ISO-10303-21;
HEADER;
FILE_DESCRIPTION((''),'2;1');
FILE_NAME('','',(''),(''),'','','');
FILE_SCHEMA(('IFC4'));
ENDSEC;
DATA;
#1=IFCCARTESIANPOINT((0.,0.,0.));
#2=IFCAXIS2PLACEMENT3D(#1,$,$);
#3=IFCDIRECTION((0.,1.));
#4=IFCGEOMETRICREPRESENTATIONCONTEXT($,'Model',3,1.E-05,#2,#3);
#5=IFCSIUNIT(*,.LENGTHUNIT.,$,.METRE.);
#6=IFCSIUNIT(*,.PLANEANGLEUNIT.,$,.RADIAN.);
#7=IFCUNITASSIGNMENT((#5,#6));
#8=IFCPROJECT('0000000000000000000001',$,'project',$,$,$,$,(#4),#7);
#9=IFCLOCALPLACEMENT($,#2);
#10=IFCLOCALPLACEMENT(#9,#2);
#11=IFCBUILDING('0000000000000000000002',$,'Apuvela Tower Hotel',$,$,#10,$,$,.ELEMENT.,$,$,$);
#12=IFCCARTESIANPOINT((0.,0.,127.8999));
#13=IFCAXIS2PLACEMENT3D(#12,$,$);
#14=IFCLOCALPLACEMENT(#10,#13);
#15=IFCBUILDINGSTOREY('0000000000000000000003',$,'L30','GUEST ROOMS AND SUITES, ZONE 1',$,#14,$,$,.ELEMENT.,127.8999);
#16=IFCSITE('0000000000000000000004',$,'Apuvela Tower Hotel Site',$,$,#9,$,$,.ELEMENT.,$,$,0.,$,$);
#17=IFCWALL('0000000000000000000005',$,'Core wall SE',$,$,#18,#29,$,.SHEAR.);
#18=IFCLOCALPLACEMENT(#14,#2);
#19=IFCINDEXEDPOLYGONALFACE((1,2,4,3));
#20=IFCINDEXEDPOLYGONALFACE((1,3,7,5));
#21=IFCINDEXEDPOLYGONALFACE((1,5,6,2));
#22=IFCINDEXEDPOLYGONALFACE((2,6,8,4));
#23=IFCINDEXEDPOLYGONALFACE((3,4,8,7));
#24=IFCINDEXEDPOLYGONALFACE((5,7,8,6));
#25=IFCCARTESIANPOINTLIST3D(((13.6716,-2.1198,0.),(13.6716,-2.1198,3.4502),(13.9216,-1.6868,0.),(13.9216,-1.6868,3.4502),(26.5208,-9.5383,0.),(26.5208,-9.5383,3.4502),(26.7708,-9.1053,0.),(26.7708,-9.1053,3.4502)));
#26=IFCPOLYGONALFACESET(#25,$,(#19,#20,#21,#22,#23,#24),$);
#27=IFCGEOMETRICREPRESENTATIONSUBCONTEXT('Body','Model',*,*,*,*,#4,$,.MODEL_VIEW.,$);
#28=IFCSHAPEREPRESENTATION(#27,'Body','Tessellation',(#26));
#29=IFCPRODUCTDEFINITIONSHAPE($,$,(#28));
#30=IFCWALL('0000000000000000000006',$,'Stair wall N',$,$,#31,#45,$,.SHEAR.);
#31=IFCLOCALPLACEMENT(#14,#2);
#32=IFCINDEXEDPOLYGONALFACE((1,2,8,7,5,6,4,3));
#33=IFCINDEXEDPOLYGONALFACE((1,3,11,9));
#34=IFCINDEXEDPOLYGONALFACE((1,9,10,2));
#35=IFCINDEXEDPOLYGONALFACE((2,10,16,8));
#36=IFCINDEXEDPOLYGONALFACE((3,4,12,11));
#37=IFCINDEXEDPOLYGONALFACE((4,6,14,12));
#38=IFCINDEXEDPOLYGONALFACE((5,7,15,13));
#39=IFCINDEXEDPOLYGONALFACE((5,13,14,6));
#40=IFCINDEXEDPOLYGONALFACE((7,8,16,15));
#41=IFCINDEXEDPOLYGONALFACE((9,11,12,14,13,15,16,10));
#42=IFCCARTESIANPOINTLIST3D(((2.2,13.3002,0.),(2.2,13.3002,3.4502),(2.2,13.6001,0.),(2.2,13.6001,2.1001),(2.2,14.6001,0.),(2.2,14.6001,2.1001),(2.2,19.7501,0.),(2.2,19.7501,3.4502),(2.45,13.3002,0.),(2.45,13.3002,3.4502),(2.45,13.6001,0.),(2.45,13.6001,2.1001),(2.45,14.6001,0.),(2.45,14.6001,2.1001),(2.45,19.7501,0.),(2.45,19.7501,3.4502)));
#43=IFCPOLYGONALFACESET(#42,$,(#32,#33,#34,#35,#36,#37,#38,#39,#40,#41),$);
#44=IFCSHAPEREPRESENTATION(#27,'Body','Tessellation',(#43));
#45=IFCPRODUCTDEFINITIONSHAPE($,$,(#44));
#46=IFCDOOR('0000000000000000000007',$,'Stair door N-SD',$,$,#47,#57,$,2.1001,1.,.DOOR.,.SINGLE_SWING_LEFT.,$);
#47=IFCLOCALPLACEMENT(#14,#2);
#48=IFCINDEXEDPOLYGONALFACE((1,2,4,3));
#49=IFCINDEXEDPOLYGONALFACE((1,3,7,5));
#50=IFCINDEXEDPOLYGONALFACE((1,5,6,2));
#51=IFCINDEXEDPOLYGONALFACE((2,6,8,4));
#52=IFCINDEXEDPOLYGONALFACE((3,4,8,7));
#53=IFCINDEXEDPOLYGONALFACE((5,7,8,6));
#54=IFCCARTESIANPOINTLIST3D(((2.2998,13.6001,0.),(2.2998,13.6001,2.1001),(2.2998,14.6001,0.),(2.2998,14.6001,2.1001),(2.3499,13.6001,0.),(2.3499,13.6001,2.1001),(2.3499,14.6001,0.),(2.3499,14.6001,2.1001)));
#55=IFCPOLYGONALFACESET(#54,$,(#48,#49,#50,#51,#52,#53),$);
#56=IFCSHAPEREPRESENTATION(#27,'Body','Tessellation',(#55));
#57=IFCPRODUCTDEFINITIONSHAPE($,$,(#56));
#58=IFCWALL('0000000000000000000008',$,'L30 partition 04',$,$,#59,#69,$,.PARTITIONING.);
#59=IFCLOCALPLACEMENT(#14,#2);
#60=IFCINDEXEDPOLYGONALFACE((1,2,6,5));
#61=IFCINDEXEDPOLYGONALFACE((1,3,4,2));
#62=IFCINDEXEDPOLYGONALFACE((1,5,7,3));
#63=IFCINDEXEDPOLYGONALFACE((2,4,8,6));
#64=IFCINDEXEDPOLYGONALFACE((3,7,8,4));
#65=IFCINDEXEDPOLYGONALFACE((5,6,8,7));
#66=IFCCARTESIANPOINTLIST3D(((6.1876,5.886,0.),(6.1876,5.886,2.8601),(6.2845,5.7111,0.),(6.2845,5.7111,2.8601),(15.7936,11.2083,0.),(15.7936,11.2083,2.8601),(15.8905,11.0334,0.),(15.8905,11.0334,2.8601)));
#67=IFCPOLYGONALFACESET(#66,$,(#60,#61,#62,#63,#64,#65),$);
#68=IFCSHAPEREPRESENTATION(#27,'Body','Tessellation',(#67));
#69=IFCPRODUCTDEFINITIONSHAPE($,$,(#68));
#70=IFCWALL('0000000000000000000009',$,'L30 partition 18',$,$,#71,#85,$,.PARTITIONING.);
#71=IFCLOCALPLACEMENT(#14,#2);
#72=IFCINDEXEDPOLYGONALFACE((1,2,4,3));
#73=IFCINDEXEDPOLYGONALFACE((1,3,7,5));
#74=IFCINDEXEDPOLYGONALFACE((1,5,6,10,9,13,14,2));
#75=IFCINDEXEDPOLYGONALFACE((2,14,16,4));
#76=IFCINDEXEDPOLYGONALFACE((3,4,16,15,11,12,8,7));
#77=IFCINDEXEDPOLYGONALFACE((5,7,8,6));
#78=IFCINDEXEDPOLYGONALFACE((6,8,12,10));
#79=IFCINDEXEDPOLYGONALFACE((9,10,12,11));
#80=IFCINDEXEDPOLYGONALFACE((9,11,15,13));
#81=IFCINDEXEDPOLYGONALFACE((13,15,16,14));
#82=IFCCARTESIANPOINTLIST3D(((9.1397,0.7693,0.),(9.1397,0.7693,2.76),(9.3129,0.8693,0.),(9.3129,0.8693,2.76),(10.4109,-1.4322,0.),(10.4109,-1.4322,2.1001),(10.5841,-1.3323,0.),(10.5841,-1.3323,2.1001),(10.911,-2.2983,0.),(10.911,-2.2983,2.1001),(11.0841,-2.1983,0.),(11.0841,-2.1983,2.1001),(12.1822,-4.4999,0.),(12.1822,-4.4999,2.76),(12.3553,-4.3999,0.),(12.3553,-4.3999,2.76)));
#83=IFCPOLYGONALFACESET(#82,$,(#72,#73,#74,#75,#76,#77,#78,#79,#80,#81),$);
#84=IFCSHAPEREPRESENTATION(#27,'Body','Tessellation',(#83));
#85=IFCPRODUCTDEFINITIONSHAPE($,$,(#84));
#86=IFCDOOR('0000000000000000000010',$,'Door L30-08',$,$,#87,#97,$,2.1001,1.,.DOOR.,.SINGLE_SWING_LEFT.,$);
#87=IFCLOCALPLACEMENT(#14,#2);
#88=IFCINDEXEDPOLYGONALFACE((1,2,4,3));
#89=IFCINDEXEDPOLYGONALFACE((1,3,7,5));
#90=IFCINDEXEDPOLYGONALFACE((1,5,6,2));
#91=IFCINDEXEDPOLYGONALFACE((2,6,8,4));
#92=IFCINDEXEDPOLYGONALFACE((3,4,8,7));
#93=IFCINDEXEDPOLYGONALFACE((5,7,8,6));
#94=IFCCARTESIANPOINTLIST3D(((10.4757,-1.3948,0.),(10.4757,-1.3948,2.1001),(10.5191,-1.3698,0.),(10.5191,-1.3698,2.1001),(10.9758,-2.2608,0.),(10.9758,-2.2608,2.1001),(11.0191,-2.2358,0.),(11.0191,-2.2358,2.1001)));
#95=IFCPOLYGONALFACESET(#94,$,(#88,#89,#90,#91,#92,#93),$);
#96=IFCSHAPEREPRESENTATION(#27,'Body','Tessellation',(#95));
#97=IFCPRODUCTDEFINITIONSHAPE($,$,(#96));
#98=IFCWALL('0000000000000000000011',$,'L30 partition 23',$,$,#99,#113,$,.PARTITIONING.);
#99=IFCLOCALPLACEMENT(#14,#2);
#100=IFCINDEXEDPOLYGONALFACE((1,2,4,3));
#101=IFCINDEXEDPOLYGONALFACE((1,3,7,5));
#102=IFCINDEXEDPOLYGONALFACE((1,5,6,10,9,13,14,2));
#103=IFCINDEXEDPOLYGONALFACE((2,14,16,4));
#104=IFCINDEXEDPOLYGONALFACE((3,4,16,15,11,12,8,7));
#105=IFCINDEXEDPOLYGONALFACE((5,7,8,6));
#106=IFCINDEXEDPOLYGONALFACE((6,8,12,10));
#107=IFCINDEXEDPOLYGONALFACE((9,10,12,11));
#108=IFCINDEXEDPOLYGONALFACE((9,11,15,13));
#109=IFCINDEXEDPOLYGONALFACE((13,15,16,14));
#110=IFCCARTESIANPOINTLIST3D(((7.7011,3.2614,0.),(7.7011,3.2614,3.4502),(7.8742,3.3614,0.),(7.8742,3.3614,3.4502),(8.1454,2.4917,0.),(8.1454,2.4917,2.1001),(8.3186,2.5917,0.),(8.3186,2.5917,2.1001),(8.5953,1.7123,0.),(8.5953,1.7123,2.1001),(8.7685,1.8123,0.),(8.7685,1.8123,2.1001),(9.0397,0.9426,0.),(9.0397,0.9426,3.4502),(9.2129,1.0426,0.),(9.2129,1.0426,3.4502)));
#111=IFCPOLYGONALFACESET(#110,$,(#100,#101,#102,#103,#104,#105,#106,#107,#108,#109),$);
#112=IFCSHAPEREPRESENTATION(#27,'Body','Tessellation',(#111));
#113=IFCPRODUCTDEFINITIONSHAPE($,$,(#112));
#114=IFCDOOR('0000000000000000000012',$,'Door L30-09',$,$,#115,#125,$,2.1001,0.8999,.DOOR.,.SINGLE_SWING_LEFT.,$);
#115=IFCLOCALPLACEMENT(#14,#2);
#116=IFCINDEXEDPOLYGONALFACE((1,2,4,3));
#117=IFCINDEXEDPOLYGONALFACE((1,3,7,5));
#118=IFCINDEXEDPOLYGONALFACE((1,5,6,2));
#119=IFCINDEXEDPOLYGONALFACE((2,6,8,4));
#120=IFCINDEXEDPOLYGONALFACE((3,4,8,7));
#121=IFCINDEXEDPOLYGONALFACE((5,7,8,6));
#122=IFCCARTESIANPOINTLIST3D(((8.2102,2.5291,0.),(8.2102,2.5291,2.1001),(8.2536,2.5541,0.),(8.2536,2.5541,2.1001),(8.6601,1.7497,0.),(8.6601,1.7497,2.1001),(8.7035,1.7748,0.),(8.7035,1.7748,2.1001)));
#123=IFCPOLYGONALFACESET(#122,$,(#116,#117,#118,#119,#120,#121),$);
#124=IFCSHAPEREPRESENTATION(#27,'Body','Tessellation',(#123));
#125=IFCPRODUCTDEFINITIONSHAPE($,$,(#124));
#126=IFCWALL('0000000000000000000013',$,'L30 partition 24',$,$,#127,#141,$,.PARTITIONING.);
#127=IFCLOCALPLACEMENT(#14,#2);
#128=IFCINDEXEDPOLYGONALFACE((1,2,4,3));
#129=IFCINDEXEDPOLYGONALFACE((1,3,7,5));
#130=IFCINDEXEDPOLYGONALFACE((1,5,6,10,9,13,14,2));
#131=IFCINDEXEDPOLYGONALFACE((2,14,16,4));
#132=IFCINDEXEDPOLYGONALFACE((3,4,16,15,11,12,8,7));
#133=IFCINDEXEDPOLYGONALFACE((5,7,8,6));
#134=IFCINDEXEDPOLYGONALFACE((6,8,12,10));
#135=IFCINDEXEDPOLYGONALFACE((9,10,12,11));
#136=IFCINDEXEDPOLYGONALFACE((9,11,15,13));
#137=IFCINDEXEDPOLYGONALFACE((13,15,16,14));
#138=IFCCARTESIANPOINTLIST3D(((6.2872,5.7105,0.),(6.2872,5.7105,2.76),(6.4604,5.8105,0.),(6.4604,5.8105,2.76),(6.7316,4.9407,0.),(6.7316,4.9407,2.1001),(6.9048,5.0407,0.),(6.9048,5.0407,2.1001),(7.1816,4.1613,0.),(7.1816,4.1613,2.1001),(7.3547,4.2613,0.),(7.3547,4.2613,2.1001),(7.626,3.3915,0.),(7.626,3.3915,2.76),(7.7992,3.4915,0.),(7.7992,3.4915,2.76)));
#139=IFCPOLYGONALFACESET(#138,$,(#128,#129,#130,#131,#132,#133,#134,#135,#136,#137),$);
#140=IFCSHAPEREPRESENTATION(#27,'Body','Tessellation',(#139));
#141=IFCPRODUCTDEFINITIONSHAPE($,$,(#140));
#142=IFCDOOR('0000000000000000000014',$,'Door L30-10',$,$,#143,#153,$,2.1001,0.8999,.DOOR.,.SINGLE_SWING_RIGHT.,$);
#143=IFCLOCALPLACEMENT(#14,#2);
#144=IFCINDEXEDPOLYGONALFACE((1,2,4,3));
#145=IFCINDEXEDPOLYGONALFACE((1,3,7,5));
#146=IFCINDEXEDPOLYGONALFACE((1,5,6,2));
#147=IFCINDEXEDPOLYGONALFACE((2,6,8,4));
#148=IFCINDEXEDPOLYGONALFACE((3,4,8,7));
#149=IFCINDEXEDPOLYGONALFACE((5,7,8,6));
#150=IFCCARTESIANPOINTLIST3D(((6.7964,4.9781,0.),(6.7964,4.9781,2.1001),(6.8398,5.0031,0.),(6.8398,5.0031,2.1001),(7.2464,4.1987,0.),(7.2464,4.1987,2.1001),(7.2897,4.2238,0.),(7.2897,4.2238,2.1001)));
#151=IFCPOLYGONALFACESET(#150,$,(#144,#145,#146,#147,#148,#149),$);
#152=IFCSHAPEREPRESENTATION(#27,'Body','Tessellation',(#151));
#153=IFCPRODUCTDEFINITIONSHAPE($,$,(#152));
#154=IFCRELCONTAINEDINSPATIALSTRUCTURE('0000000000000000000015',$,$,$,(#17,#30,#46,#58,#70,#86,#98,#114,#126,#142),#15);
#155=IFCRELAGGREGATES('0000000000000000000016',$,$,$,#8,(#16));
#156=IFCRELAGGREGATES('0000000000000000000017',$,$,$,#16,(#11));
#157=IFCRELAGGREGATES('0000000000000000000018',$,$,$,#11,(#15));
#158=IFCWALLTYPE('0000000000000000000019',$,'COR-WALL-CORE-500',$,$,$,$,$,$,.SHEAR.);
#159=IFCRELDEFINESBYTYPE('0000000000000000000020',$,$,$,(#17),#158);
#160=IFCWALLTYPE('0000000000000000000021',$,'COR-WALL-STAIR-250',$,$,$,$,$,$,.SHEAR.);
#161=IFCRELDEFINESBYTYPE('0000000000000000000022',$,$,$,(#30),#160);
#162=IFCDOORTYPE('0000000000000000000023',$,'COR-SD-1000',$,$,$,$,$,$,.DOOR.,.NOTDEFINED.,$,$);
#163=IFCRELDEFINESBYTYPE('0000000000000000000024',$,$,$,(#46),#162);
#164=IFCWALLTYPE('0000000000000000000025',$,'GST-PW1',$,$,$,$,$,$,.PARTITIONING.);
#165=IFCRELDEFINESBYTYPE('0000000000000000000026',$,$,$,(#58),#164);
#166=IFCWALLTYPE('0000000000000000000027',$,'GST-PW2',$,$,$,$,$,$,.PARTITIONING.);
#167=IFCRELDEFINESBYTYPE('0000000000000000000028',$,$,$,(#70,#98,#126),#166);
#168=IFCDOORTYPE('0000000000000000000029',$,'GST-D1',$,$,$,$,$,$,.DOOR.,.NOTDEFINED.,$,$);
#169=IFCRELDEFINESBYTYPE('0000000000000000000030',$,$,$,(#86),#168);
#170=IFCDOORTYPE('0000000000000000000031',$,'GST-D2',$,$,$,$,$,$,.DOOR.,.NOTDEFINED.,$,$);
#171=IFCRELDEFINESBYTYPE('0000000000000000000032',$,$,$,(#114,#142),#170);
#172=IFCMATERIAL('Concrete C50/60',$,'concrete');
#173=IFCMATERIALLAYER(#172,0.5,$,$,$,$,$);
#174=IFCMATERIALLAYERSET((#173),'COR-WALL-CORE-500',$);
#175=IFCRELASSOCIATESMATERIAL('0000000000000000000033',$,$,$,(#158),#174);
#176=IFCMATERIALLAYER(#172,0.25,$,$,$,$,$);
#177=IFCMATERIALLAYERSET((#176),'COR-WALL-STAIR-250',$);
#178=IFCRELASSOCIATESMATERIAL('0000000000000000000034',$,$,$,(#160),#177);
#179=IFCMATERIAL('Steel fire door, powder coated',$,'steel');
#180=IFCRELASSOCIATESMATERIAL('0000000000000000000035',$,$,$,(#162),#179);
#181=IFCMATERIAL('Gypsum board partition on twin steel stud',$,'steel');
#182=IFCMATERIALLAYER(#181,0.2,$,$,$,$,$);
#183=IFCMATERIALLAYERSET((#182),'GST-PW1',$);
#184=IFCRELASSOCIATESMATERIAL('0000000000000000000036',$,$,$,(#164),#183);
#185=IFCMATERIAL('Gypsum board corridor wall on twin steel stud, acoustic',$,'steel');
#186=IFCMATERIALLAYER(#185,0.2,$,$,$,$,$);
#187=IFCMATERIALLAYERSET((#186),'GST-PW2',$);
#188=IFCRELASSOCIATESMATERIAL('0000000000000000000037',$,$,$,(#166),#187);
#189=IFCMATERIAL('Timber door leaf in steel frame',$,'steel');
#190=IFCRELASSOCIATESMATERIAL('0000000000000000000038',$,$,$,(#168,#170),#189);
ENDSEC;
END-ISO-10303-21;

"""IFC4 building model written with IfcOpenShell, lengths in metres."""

from ifc_helpers import new_model, si_unit, direction, frame, frame_2d, origin, place, context, subcontext, project, spatial, rectangle, extrude, material, layer, layer_set, type_object, element, fill, save


model = new_model("IFC4")

# Units and contexts
model_context = context("Model", 3, precision=1e-05, world=origin(), true_north=direction((0.0, 1.0)))
body_context = subcontext(model_context, "Body", "Model", "MODEL_VIEW")
ifc_project = project(units=[si_unit("LENGTHUNIT", "METRE"), si_unit("PLANEANGLEUNIT", "RADIAN")], contexts=[model_context])

# Site, building, storey
site_placement = place(None, origin())
site = spatial("IfcSite", under=ifc_project, at=site_placement, Name="Apuvela Tower Hotel Site", CompositionType="ELEMENT", RefElevation=0.0)
building_placement = place(site_placement, origin())
building = spatial("IfcBuilding", under=site, at=building_placement, Name="Apuvela Tower Hotel", CompositionType="ELEMENT")
storey_placement = place(building_placement, frame((0.0, 0.0, 127.8999)))
storey = spatial("IfcBuildingStorey", under=building, at=storey_placement, Name="L30", Description="GUEST ROOMS AND SUITES, ZONE 1", CompositionType="ELEMENT", Elevation=127.8999)

# Shared definitions
ifc_material_1 = material(Name="Concrete C50/60", Category="concrete")

# Shared definitions
ifc_material_2 = material(Name="Steel fire door, powder coated", Category="steel")

# Wall
ifc_layer_1 = layer(ifc_material_1, 0.5)
ifc_layer_set_1 = layer_set([ifc_layer_1], Name="COR-WALL-CORE-500")
wall_type_1 = type_object("IfcWallType", Name="COR-WALL-CORE-500", PredefinedType="SHEAR", material=ifc_layer_set_1)
for number, where, z_axis, x_axis, name in (
    (1, (13.7966, -1.9033, 0.0), (0.0, 0.0, 1.0), (0.866025, -0.500001, 0.0), "Core wall SE"),
):
    element("IfcWall", number, at=place(storey_placement, frame(where, z_axis=z_axis, x_axis=x_axis)), inside=storey, type_object=wall_type_1, Name=name, PredefinedType="SHEAR", context=body_context, shape_type="SweptSolid", body=[
        extrude(rectangle(XDim=14.8369, YDim=0.5, at=frame_2d((7.4185, 0.0))), origin(), (0.0, 0.0, 1.0), 3.4502),
    ])

# Wall, opening, door
ifc_layer_2 = layer(ifc_material_1, 0.25)
ifc_layer_set_2 = layer_set([ifc_layer_2], Name="COR-WALL-STAIR-250")
wall_type_2 = type_object("IfcWallType", Name="COR-WALL-STAIR-250", PredefinedType="SHEAR", material=ifc_layer_set_2)
wall_1_placement = place(storey_placement, frame((2.325, 13.3, 0.0), z_axis=(0.0, 0.0, 1.0), x_axis=(0.0, 1.0, 0.0)))
wall_1 = element("IfcWall", 2, at=wall_1_placement, inside=storey, type_object=wall_type_2, Name="Stair wall N", PredefinedType="SHEAR", context=body_context, shape_type="SweptSolid", body=[
    extrude(rectangle(XDim=6.45, YDim=0.25, at=frame_2d((3.2251, 0.0))), origin(), (0.0, 0.0, 1.0), 3.4502),
])
opening_1_placement = place(wall_1_placement, frame((0.3, 0.0, 0.0)))
opening_1 = element("IfcOpeningElement", 3, at=opening_1_placement, cuts=wall_1, PredefinedType="OPENING", context=body_context, shape_type="SweptSolid", body=[
    extrude(rectangle(XDim=1.0, YDim=2.1001, at=frame_2d((0.5, 1.05))), frame((0.0, 0.135, 0.0), z_axis=(0.0, -1.0, 0.0), x_axis=(1.0, 0.0, 0.0)), (0.0, 0.0, 1.0), 0.27),
])
door_type_1 = type_object("IfcDoorType", Name="COR-SD-1000", OperationType="NOTDEFINED", PredefinedType="DOOR", material=ifc_material_2)
door_1_placement = place(opening_1_placement, frame((1.0, 0.0, 0.0), z_axis=(0.0, 0.0, 1.0), x_axis=(-1.0, 0.0, 0.0)))
door_1 = element("IfcDoor", 4, at=door_1_placement, inside=storey, type_object=door_type_1, Name="Stair door N-SD", OperationType="SINGLE_SWING_LEFT", OverallHeight=2.1001, OverallWidth=1.0, PredefinedType="DOOR", context=body_context, shape_type="SweptSolid", body=[
    extrude(rectangle(XDim=1.0, YDim=2.1001, at=frame_2d((0.5, 1.05))), frame((0.0, 0.0249, 0.0), z_axis=(0.0, -1.0, 0.0), x_axis=(1.0, 0.0, 0.0)), (0.0, 0.0, 1.0), 0.05),
])
fill(opening_1, door_1)

# Wall
ifc_material_3 = material(Name="Gypsum board partition on twin steel stud", Category="steel")
ifc_layer_3 = layer(ifc_material_3, 0.2)
ifc_layer_set_3 = layer_set([ifc_layer_3], Name="GST-PW1")
wall_type_3 = type_object("IfcWallType", Name="GST-PW1", PredefinedType="PARTITIONING", material=ifc_layer_set_3)
wall_2_placement = place(storey_placement, frame((15.842, 11.1208, 0.0), z_axis=(0.0, 0.0, 1.0), x_axis=(-0.874712, -0.484642, 0.0)))
element("IfcWall", 5, at=wall_2_placement, inside=storey, type_object=wall_type_3, Name="L30 partition 04", PredefinedType="PARTITIONING", context=body_context, shape_type="SweptSolid", body=[
    extrude(rectangle(XDim=10.9819, YDim=0.2, at=frame_2d((5.491, 0.0))), origin(), (0.0, 0.0, 1.0), 2.8601),
])

# Walls, openings, doors
ifc_material_4 = material(Name="Gypsum board corridor wall on twin steel stud, acoustic", Category="steel")
ifc_layer_4 = layer(ifc_material_4, 0.2)
ifc_layer_set_4 = layer_set([ifc_layer_4], Name="GST-PW2")
wall_type_4 = type_object("IfcWallType", Name="GST-PW2", PredefinedType="PARTITIONING", material=ifc_layer_set_4)
wall_3_placement = place(storey_placement, frame((9.2263, 0.8193, 0.0), z_axis=(0.0, 0.0, 1.0), x_axis=(0.500032, -0.866007, 0.0)))
wall_3 = element("IfcWall", 6, at=wall_3_placement, inside=storey, type_object=wall_type_4, Name="L30 partition 18", PredefinedType="PARTITIONING", context=body_context, shape_type="SweptSolid", body=[
    extrude(rectangle(XDim=6.0845, YDim=0.2, at=frame_2d((3.0422, 0.0))), origin(), (0.0, 0.0, 1.0), 2.76),
])
opening_2_placement = place(wall_3_placement, frame((2.5422, 0.0, 0.0)))
opening_2 = element("IfcOpeningElement", 7, at=opening_2_placement, cuts=wall_3, PredefinedType="OPENING", context=body_context, shape_type="SweptSolid", body=[
    extrude(rectangle(XDim=1.0, YDim=2.1001, at=frame_2d((0.5, 1.05))), frame((0.0, 0.1099, 0.0), z_axis=(0.0, -1.0, 0.0), x_axis=(1.0, 0.0, 0.0)), (0.0, 0.0, 1.0), 0.22),
])
ifc_material_5 = material(Name="Timber door leaf in steel frame", Category="steel")
door_type_2 = type_object("IfcDoorType", Name="GST-D1", OperationType="NOTDEFINED", PredefinedType="DOOR", material=ifc_material_5)
door_2_placement = place(opening_2_placement, origin())
door_2 = element("IfcDoor", 8, at=door_2_placement, inside=storey, type_object=door_type_2, Name="Door L30-08", OperationType="SINGLE_SWING_LEFT", OverallHeight=2.1001, OverallWidth=1.0, PredefinedType="DOOR", context=body_context, shape_type="SweptSolid", body=[
    extrude(rectangle(XDim=1.0, YDim=2.1001, at=frame_2d((0.5, 1.05))), frame((0.0, 0.0249, 0.0), z_axis=(0.0, -1.0, 0.0), x_axis=(1.0, 0.0, 0.0)), (0.0, 0.0, 1.0), 0.05),
])
fill(opening_2, door_2)
wall_4_placement = place(storey_placement, frame((7.7876, 3.3115, 0.0), z_axis=(0.0, 0.0, 1.0), x_axis=(0.499954, -0.866052, 0.0)))
wall_4 = element("IfcWall", 9, at=wall_4_placement, inside=storey, type_object=wall_type_4, Name="L30 partition 23", PredefinedType="PARTITIONING", context=body_context, shape_type="SweptSolid", body=[
    extrude(rectangle(XDim=2.6775, YDim=0.2, at=frame_2d((1.3389, 0.0))), origin(), (0.0, 0.0, 1.0), 3.4502),
])
opening_3_placement = place(wall_4_placement, frame((0.8889, 0.0, 0.0)))
opening_3 = element("IfcOpeningElement", 10, at=opening_3_placement, cuts=wall_4, PredefinedType="OPENING", context=body_context, shape_type="SweptSolid", body=[
    extrude(rectangle(XDim=0.8999, YDim=2.1001, at=frame_2d((0.45, 1.05))), frame((0.0, 0.1099, 0.0), z_axis=(0.0, -1.0, 0.0), x_axis=(1.0, 0.0, 0.0)), (0.0, 0.0, 1.0), 0.22),
])
door_type_3 = type_object("IfcDoorType", Name="GST-D2", OperationType="NOTDEFINED", PredefinedType="DOOR", material=ifc_material_5)
door_3_placement = place(opening_3_placement, origin())
door_3 = element("IfcDoor", 11, at=door_3_placement, inside=storey, type_object=door_type_3, Name="Door L30-09", OperationType="SINGLE_SWING_LEFT", OverallHeight=2.1001, OverallWidth=0.8999, PredefinedType="DOOR", context=body_context, shape_type="SweptSolid", body=[
    extrude(rectangle(XDim=0.8999, YDim=2.1001, at=frame_2d((0.45, 1.05))), frame((0.0, 0.0249, 0.0), z_axis=(0.0, -1.0, 0.0), x_axis=(1.0, 0.0, 0.0)), (0.0, 0.0, 1.0), 0.05),
])
fill(opening_3, door_3)
wall_5_placement = place(storey_placement, frame((6.3738, 5.7605, 0.0), z_axis=(0.0, 0.0, 1.0), x_axis=(0.499983, -0.866035, 0.0)))
wall_5 = element("IfcWall", 12, at=wall_5_placement, inside=storey, type_object=wall_type_4, Name="L30 partition 24", PredefinedType="PARTITIONING", context=body_context, shape_type="SweptSolid", body=[
    extrude(rectangle(XDim=2.6777, YDim=0.2, at=frame_2d((1.3389, 0.0))), origin(), (0.0, 0.0, 1.0), 2.76),
])
opening_4_placement = place(wall_5_placement, frame((0.8889, 0.0, 0.0)))
opening_4 = element("IfcOpeningElement", 13, at=opening_4_placement, cuts=wall_5, PredefinedType="OPENING", context=body_context, shape_type="SweptSolid", body=[
    extrude(rectangle(XDim=0.8999, YDim=2.1001, at=frame_2d((0.45, 1.05))), frame((0.0, 0.1099, 0.0), z_axis=(0.0, -1.0, 0.0), x_axis=(1.0, 0.0, 0.0)), (0.0, 0.0, 1.0), 0.22),
])
door_4_placement = place(opening_4_placement, origin())
door_4 = element("IfcDoor", 14, at=door_4_placement, inside=storey, type_object=door_type_3, Name="Door L30-10", OperationType="SINGLE_SWING_RIGHT", OverallHeight=2.1001, OverallWidth=0.8999, PredefinedType="DOOR", context=body_context, shape_type="SweptSolid", body=[
    extrude(rectangle(XDim=0.8999, YDim=2.1001, at=frame_2d((0.45, 1.05))), frame((0.0, 0.0249, 0.0), z_axis=(0.0, -1.0, 0.0), x_axis=(1.0, 0.0, 0.0)), (0.0, 0.0, 1.0), 0.05),
])
fill(opening_4, door_4)

save(model, "model.ifc")
